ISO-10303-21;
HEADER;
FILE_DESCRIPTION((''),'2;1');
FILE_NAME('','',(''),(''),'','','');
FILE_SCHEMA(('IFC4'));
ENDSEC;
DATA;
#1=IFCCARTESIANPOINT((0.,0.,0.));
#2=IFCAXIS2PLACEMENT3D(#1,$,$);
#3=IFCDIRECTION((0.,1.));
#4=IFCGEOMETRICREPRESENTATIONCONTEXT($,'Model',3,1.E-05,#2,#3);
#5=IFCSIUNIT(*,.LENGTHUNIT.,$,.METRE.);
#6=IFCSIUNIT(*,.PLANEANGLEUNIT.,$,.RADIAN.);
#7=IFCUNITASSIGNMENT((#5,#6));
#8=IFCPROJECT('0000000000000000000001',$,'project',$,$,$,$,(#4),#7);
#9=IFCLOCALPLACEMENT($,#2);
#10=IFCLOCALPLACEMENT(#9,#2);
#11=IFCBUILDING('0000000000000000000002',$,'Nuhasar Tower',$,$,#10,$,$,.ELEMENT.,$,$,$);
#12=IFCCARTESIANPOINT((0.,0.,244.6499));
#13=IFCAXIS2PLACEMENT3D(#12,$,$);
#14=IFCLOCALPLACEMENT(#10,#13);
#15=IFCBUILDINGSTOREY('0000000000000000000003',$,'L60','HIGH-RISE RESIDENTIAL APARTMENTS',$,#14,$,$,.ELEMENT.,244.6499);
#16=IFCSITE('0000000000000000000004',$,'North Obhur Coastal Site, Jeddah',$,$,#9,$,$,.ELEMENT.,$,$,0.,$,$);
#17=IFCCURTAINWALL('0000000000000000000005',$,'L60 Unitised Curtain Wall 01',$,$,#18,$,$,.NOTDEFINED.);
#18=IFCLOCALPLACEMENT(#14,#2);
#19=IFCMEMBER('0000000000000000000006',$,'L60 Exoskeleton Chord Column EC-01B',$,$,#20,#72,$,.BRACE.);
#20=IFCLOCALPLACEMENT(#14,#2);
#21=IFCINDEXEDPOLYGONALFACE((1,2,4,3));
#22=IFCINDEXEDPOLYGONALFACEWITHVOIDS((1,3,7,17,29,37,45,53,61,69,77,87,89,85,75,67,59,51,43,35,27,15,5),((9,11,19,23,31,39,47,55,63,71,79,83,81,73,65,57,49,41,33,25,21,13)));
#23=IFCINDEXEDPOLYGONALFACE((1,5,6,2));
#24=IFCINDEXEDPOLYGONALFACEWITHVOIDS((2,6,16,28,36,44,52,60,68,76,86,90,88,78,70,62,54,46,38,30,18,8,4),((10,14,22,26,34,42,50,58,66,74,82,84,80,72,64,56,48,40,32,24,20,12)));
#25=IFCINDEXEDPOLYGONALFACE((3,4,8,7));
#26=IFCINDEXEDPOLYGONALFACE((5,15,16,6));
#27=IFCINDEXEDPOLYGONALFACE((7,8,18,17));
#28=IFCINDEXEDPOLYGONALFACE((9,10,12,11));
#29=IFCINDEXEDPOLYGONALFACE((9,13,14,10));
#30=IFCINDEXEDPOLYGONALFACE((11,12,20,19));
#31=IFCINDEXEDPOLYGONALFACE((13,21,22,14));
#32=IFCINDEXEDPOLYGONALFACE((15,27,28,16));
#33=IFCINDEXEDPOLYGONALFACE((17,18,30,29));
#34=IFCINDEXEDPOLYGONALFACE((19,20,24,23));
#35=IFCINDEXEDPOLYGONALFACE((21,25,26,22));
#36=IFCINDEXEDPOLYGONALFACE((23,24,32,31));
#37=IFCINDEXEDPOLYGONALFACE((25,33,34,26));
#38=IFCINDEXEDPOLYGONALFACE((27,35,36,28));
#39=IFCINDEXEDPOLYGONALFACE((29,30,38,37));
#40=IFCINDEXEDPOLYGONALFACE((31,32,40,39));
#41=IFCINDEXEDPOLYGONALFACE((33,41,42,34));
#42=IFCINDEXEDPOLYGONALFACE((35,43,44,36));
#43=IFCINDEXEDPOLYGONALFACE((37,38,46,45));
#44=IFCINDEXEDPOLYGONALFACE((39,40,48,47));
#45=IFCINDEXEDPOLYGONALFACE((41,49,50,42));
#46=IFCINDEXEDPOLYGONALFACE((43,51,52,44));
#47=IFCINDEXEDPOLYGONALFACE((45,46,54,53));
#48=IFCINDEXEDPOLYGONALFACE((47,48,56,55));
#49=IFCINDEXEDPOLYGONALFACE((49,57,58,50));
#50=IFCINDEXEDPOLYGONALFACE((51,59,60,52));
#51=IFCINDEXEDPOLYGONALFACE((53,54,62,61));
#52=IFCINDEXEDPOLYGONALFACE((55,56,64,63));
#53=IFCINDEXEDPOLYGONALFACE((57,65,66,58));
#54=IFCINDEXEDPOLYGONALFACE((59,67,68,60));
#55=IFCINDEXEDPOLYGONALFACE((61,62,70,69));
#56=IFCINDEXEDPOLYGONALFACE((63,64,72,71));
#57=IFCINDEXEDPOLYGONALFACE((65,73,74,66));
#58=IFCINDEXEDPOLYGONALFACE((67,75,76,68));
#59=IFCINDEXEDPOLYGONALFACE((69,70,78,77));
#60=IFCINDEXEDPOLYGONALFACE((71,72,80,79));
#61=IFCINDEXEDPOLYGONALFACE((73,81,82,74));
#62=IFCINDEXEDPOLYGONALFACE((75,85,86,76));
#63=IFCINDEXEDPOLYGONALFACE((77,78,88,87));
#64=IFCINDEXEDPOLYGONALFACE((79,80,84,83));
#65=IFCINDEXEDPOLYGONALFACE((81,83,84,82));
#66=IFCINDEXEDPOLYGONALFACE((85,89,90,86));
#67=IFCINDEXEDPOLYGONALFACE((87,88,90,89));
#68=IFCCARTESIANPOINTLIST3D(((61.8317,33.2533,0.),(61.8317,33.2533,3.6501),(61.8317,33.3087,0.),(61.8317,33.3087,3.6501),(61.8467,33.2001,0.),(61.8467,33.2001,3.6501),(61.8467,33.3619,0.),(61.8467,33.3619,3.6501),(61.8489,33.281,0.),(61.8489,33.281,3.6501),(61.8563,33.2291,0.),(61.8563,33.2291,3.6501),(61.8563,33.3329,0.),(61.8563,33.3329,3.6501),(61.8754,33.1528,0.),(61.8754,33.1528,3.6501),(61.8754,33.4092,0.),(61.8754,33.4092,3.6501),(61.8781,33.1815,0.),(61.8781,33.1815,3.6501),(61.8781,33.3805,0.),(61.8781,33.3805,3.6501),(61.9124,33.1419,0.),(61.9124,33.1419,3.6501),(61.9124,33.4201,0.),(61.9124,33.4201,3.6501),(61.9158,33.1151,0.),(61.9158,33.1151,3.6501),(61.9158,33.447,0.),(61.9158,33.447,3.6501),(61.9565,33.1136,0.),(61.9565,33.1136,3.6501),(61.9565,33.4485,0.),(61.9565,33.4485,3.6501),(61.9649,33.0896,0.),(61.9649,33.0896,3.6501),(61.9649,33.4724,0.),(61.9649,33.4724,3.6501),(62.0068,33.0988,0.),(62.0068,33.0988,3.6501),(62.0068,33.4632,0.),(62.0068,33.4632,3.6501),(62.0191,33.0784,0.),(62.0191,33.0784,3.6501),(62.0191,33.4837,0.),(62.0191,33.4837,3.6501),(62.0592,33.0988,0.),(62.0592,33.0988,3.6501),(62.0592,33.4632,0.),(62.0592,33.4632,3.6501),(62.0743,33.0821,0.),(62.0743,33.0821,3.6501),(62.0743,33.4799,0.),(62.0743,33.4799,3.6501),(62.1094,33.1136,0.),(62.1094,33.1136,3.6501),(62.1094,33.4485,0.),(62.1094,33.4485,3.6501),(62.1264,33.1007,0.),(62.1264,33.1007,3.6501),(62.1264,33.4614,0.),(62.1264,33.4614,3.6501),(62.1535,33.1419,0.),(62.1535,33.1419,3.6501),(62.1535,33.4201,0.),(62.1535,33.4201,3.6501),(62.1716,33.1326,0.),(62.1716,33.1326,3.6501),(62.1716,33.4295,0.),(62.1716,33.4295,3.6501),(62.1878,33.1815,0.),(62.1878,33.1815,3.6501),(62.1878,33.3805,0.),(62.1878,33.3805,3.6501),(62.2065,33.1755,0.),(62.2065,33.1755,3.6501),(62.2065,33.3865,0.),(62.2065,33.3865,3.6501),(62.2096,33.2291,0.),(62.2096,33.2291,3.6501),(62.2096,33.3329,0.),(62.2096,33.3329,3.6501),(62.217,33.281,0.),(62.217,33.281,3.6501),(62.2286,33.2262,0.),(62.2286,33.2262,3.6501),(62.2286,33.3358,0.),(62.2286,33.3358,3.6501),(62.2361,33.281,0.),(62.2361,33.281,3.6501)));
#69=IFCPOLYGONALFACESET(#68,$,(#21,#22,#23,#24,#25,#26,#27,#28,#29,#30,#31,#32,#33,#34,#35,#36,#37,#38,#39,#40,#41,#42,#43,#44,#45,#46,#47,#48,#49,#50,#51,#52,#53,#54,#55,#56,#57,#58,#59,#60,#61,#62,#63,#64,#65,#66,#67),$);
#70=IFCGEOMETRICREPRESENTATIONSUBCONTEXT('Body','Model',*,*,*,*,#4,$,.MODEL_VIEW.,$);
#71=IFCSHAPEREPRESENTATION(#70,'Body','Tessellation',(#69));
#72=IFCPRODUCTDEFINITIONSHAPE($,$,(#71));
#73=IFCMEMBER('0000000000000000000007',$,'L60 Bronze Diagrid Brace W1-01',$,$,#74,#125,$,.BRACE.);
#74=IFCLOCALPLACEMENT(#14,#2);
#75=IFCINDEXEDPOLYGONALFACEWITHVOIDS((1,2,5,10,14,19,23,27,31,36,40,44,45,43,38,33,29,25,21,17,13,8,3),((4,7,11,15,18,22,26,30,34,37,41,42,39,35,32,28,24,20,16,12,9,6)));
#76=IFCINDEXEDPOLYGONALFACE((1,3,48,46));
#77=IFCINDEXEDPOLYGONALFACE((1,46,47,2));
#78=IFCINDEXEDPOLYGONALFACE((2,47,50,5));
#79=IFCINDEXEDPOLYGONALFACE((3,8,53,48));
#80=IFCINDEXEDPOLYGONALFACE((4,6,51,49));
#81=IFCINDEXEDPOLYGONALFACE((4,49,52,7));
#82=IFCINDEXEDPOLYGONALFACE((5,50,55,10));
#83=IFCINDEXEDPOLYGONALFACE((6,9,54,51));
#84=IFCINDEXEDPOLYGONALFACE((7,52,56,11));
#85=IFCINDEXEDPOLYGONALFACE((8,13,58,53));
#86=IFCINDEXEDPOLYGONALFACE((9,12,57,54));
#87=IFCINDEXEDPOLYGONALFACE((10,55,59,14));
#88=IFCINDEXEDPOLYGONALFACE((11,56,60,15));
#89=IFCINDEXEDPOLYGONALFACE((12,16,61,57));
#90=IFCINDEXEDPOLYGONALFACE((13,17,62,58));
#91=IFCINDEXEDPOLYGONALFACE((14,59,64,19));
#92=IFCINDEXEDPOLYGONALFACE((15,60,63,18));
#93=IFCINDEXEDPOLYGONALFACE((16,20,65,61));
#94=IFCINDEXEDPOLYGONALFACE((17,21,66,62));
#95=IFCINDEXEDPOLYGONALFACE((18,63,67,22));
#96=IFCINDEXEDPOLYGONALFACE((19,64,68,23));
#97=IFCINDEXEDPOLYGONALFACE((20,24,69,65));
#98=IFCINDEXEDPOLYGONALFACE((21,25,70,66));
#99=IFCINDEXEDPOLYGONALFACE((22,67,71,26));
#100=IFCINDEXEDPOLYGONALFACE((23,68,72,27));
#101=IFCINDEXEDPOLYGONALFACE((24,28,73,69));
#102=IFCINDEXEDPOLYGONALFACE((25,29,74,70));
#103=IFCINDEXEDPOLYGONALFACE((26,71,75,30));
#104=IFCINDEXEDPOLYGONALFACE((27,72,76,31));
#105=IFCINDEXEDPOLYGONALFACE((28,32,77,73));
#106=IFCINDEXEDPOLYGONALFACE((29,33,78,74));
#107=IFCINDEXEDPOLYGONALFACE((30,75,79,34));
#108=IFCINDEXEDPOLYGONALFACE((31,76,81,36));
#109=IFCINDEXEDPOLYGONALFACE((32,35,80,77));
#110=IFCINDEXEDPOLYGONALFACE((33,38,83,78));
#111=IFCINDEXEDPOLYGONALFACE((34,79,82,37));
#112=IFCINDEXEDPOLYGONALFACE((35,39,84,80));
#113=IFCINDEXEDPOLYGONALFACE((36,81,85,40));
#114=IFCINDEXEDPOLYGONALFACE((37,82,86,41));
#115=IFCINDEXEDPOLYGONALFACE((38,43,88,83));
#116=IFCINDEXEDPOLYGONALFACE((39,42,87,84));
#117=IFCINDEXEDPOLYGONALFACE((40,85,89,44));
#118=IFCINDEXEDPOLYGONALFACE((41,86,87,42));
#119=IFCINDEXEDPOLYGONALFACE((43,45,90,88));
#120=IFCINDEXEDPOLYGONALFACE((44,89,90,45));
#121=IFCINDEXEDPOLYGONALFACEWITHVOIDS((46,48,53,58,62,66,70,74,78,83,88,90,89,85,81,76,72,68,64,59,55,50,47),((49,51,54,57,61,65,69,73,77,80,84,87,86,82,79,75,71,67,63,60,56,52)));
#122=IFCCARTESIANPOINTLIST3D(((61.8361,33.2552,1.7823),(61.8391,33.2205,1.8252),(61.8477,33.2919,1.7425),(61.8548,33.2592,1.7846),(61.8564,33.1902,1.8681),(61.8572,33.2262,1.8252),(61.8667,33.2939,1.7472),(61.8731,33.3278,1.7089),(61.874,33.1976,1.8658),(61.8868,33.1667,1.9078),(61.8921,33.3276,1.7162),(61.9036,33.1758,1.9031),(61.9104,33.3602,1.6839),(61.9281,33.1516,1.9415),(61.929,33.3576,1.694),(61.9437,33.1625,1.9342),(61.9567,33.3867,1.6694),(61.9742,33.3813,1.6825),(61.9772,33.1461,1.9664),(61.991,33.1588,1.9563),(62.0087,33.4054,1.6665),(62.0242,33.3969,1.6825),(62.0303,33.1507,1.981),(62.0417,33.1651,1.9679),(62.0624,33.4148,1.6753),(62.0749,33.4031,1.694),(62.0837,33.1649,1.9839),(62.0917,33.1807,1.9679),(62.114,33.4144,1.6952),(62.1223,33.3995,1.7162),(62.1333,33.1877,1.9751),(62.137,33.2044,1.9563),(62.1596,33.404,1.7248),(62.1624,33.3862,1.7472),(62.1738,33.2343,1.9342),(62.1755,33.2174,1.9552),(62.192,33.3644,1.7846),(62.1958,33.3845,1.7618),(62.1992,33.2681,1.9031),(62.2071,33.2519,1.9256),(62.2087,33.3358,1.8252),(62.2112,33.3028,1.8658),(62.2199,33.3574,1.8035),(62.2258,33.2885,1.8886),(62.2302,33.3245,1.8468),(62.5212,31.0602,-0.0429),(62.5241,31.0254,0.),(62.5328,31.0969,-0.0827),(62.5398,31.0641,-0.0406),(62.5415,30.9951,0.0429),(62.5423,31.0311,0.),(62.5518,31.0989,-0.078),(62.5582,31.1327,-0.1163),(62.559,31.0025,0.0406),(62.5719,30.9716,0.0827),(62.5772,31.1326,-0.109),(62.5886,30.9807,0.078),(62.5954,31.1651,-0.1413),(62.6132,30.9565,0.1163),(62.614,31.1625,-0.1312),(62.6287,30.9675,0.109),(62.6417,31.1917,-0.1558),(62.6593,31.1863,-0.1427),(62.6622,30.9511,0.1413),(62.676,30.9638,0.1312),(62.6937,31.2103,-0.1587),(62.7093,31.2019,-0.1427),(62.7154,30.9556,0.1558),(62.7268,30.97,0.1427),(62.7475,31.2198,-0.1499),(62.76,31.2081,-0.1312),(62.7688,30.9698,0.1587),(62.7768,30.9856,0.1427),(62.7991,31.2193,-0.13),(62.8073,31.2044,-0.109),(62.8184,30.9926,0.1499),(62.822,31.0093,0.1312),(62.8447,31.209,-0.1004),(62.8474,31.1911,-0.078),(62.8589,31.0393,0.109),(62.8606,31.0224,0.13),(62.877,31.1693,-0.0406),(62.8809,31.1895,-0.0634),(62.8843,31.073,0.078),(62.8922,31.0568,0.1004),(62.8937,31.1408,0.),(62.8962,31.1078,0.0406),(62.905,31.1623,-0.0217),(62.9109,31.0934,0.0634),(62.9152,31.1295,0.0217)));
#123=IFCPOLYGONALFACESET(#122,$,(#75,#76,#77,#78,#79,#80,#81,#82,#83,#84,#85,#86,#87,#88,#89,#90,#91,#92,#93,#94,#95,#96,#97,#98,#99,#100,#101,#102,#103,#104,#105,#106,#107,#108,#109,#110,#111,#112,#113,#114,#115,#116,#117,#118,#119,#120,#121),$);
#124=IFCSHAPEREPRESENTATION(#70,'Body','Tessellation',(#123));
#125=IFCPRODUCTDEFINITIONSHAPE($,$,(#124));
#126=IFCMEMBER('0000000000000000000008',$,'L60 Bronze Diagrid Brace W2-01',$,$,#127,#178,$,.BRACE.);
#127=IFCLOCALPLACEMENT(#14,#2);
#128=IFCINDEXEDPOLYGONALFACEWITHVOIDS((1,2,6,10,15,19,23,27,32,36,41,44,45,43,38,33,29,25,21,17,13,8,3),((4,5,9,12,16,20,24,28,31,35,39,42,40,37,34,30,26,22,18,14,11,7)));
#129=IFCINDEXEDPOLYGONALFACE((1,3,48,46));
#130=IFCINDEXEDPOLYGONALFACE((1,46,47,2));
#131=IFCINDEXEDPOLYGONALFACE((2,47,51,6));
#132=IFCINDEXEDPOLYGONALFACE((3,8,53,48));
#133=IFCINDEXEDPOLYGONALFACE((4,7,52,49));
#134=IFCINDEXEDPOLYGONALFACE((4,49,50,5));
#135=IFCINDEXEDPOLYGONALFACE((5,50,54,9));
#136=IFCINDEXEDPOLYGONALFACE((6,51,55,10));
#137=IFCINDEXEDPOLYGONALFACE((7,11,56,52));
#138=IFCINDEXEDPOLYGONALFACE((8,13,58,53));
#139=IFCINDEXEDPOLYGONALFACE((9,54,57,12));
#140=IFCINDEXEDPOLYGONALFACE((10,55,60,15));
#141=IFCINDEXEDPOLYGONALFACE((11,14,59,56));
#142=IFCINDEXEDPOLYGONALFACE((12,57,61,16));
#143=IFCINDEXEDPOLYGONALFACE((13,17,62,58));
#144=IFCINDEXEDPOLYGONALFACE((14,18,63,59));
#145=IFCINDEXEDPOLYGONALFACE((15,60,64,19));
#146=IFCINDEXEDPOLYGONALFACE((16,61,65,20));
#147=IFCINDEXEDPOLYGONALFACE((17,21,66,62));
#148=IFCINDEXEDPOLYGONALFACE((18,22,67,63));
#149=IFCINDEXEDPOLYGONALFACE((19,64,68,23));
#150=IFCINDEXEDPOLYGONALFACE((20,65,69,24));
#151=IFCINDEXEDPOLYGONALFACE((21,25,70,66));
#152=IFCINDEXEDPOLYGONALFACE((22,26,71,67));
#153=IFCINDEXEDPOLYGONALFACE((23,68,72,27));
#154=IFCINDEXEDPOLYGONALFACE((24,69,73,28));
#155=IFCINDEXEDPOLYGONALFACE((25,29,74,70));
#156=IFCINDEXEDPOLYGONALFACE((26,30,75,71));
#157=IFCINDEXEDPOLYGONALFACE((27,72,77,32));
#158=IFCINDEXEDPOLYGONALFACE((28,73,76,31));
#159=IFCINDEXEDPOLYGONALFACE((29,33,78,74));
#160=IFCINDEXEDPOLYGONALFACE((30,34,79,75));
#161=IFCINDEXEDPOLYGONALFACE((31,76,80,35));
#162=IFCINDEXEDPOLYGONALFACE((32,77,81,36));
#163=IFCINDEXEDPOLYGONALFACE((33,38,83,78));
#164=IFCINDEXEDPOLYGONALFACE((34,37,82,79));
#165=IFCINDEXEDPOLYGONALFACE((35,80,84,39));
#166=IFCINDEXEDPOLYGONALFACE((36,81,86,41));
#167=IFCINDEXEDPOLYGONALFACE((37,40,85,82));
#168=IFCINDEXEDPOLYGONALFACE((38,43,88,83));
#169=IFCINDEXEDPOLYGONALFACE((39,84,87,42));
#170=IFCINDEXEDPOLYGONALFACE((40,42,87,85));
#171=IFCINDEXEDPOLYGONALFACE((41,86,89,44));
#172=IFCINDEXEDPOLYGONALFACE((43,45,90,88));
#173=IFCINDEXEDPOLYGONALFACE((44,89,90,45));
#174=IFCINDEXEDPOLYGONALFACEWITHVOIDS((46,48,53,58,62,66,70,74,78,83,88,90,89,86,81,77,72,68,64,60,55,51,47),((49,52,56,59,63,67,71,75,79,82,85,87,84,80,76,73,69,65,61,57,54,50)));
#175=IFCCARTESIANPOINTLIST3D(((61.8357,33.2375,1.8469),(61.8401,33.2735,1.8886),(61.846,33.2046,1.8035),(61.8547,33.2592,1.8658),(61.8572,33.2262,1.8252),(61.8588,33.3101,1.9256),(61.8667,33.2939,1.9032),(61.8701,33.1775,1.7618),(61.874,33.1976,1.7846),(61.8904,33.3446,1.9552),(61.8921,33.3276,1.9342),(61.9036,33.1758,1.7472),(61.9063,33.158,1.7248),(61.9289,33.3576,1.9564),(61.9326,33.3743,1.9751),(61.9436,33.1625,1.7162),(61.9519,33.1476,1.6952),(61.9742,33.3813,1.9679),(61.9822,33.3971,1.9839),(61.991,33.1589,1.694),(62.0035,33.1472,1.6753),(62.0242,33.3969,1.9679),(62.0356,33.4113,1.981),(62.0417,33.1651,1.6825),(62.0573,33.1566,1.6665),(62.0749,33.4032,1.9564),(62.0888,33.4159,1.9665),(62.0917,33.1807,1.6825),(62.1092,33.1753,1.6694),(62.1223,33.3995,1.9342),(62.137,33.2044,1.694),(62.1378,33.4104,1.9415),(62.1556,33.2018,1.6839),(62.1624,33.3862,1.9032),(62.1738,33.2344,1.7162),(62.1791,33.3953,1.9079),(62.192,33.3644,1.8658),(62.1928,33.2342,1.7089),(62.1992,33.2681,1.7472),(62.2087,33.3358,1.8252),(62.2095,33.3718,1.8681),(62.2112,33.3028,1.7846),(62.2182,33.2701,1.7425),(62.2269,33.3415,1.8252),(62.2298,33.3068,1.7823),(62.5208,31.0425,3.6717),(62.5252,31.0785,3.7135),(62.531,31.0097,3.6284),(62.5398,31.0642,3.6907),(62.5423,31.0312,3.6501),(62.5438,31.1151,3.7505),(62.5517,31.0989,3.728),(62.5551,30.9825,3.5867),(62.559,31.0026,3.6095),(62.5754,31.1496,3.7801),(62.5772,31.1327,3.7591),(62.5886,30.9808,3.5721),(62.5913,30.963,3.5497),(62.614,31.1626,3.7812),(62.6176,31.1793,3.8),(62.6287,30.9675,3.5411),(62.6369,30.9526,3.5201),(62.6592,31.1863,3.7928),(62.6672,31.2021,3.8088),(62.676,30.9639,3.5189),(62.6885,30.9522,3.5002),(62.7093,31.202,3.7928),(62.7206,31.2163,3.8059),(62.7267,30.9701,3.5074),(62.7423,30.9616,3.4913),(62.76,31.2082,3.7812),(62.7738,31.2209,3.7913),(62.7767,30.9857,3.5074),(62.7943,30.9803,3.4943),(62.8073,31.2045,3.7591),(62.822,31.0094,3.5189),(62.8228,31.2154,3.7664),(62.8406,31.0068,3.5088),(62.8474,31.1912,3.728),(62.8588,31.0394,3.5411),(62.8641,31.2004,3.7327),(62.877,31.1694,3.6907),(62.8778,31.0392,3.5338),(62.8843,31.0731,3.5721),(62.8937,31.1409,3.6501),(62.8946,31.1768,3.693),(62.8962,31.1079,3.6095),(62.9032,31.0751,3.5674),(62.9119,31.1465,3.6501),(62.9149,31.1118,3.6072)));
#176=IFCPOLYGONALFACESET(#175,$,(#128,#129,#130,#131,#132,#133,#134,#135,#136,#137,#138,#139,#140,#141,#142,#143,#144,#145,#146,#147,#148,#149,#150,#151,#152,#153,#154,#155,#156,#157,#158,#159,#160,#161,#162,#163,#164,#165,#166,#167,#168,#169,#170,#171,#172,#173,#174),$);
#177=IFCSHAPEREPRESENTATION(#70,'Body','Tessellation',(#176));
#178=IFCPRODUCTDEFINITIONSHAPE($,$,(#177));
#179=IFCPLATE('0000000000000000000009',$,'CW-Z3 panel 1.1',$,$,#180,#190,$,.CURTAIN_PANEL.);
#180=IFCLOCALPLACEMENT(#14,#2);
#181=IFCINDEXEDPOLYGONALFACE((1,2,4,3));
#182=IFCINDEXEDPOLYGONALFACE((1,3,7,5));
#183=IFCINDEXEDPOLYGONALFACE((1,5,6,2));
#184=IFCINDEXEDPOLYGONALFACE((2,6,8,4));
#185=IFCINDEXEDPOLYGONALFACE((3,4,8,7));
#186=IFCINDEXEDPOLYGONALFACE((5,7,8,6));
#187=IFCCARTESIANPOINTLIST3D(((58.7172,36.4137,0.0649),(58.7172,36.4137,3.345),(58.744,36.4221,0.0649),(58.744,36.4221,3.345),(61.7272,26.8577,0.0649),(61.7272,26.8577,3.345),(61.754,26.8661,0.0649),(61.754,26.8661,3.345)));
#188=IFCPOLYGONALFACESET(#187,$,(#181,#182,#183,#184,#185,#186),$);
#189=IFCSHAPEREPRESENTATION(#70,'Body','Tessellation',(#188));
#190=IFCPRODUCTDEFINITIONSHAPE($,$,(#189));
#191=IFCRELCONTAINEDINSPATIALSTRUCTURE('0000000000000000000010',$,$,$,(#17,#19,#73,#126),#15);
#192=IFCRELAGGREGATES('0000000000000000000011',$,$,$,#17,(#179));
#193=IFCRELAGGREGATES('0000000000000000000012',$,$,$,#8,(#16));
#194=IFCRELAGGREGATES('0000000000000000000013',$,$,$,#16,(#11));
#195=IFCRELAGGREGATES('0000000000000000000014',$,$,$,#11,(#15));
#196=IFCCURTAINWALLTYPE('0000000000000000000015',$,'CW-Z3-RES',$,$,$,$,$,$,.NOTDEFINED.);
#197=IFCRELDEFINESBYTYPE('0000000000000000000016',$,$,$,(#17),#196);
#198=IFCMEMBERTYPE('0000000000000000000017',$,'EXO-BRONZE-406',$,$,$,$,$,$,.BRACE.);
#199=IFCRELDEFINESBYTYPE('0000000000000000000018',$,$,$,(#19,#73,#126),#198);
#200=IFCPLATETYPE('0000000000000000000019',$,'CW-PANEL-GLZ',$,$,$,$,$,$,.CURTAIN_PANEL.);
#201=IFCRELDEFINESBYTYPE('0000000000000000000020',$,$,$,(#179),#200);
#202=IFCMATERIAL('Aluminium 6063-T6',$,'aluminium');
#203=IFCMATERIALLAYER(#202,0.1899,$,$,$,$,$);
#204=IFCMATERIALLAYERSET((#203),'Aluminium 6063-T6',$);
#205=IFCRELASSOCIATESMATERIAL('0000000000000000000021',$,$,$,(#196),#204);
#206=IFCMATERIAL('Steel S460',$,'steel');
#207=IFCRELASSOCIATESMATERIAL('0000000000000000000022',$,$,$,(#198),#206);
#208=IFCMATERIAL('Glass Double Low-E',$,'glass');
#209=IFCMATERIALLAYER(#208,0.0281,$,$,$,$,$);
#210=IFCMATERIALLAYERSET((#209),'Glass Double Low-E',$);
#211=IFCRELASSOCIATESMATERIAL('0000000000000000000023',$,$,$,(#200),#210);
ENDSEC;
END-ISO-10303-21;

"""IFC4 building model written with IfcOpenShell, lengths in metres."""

from ifc_helpers import new_model, si_unit, direction, frame, origin, origin_2d, place, context, subcontext, project, spatial, rectangle, hollow_circle, extrude, material, layer, layer_set, material_profile, profile_set, type_object, element, aggregate, save


model = new_model("IFC4")

# Units and contexts
model_context = context("Model", 3, precision=1e-05, world=origin(), true_north=direction((0.0, 1.0)))
body_context = subcontext(model_context, "Body", "Model", "MODEL_VIEW")
ifc_project = project(units=[si_unit("LENGTHUNIT", "METRE"), si_unit("PLANEANGLEUNIT", "RADIAN")], contexts=[model_context])

# Site, building, storey
site_placement = place(None, origin())
site = spatial("IfcSite", under=ifc_project, at=site_placement, Name="North Obhur Coastal Site, Jeddah", CompositionType="ELEMENT", RefElevation=0.0)
building_placement = place(site_placement, origin())
building = spatial("IfcBuilding", under=site, at=building_placement, Name="Nuhasar Tower", CompositionType="ELEMENT")
storey_placement = place(building_placement, frame((0.0, 0.0, 244.6499)))
storey = spatial("IfcBuildingStorey", under=building, at=storey_placement, Name="L60", Description="HIGH-RISE RESIDENTIAL APARTMENTS", CompositionType="ELEMENT", Elevation=244.6499)

# Curtain wall
ifc_material_1 = material(Name="Aluminium 6063-T6", Category="aluminium")
ifc_layer_1 = layer(ifc_material_1, 0.1899)
ifc_layer_set_1 = layer_set([ifc_layer_1], Name="Aluminium 6063-T6")
curtain_wall_type = type_object("IfcCurtainWallType", Name="CW-Z3-RES", PredefinedType="NOTDEFINED", material=ifc_layer_set_1)
curtain_wall_1_placement = place(storey_placement, origin())
curtain_wall_1 = element("IfcCurtainWall", 1, at=curtain_wall_1_placement, inside=storey, type_object=curtain_wall_type, Name="L60 Unitised Curtain Wall 01", PredefinedType="NOTDEFINED")

# Members
ifc_material_2 = material(Name="Steel S460", Category="steel")
ifc_material_profile_1 = material_profile(ifc_material_2, hollow_circle(Radius=0.2031, WallThickness=0.019, at=origin_2d()), Name="HSS406.4X19.1")
ifc_profile_set_1 = profile_set([ifc_material_profile_1], Name="Steel S460")
member_type_1 = type_object("IfcMemberType", Name="EXO-BRONZE-406", PredefinedType="BRACE", material=ifc_profile_set_1)
for number, where, z_axis, x_axis, name in (
    (2, (62.033, 33.281, 0.0), (0.0, 0.0, 1.0), (1.0, 0.0, 0.0), "L60 Exoskeleton Chord Column EC-01B"),
):
    element("IfcMember", number, at=place(storey_placement, frame(where, z_axis=z_axis, x_axis=x_axis)), inside=storey, type_object=member_type_1, Name=name, PredefinedType="BRACE", context=body_context, shape_type="SweptSolid", body=[
        extrude(hollow_circle(Radius=0.2031, WallThickness=0.019, at=origin_2d()), origin(), (0.0, 0.0, 1.0), 3.6501),
    ])
member_1_placement = place(storey_placement, frame((62.718, 31.0859, 0.0), z_axis=(-0.233346, 0.747688, 0.621701), x_axis=(-0.954591, -0.297918, 0.0)))
element("IfcMember", 3, at=member_1_placement, inside=storey, type_object=member_type_1, Name="L60 Bronze Diagrid Brace W1-01", PredefinedType="BRACE", context=body_context, shape_type="SweptSolid", body=[
    extrude(hollow_circle(Radius=0.2031, WallThickness=0.019, at=origin_2d()), origin(), (0.0, 0.0, 1.0), 2.9358),
])
member_2_placement = place(storey_placement, frame((62.033, 33.281, 1.8252), z_axis=(0.233358, -0.747727, 0.62165), x_axis=(0.954591, 0.297918, 0.0)))
element("IfcMember", 4, at=member_2_placement, inside=storey, type_object=member_type_1, Name="L60 Bronze Diagrid Brace W2-01", PredefinedType="BRACE", context=body_context, shape_type="SweptSolid", body=[
    extrude(hollow_circle(Radius=0.2031, WallThickness=0.019, at=origin_2d()), origin(), (0.0, 0.0, 1.0), 2.9355),
])

# Plate
ifc_material_3 = material(Name="Glass Double Low-E", Category="glass")
ifc_layer_2 = layer(ifc_material_3, 0.0281)
ifc_layer_set_2 = layer_set([ifc_layer_2], Name="Glass Double Low-E")
plate_type = type_object("IfcPlateType", Name="CW-PANEL-GLZ", PredefinedType="CURTAIN_PANEL", material=ifc_layer_set_2)
plate_placement = place(storey_placement, frame((60.2356, 31.6399, 0.0649), z_axis=(0.0, 0.0, 1.0), x_axis=(-0.300429, 0.953804, 0.0)))
plate = element("IfcPlate", 5, at=plate_placement, type_object=plate_type, Name="CW-Z3 panel 1.1", PredefinedType="CURTAIN_PANEL", context=body_context, shape_type="SweptSolid", body=[
    extrude(rectangle(XDim=10.0188, YDim=0.0281, at=origin_2d()), origin(), (0.0, 0.0, 1.0), 3.28),
])
aggregate(curtain_wall_1, [plate])

save(model, "model.ifc")
